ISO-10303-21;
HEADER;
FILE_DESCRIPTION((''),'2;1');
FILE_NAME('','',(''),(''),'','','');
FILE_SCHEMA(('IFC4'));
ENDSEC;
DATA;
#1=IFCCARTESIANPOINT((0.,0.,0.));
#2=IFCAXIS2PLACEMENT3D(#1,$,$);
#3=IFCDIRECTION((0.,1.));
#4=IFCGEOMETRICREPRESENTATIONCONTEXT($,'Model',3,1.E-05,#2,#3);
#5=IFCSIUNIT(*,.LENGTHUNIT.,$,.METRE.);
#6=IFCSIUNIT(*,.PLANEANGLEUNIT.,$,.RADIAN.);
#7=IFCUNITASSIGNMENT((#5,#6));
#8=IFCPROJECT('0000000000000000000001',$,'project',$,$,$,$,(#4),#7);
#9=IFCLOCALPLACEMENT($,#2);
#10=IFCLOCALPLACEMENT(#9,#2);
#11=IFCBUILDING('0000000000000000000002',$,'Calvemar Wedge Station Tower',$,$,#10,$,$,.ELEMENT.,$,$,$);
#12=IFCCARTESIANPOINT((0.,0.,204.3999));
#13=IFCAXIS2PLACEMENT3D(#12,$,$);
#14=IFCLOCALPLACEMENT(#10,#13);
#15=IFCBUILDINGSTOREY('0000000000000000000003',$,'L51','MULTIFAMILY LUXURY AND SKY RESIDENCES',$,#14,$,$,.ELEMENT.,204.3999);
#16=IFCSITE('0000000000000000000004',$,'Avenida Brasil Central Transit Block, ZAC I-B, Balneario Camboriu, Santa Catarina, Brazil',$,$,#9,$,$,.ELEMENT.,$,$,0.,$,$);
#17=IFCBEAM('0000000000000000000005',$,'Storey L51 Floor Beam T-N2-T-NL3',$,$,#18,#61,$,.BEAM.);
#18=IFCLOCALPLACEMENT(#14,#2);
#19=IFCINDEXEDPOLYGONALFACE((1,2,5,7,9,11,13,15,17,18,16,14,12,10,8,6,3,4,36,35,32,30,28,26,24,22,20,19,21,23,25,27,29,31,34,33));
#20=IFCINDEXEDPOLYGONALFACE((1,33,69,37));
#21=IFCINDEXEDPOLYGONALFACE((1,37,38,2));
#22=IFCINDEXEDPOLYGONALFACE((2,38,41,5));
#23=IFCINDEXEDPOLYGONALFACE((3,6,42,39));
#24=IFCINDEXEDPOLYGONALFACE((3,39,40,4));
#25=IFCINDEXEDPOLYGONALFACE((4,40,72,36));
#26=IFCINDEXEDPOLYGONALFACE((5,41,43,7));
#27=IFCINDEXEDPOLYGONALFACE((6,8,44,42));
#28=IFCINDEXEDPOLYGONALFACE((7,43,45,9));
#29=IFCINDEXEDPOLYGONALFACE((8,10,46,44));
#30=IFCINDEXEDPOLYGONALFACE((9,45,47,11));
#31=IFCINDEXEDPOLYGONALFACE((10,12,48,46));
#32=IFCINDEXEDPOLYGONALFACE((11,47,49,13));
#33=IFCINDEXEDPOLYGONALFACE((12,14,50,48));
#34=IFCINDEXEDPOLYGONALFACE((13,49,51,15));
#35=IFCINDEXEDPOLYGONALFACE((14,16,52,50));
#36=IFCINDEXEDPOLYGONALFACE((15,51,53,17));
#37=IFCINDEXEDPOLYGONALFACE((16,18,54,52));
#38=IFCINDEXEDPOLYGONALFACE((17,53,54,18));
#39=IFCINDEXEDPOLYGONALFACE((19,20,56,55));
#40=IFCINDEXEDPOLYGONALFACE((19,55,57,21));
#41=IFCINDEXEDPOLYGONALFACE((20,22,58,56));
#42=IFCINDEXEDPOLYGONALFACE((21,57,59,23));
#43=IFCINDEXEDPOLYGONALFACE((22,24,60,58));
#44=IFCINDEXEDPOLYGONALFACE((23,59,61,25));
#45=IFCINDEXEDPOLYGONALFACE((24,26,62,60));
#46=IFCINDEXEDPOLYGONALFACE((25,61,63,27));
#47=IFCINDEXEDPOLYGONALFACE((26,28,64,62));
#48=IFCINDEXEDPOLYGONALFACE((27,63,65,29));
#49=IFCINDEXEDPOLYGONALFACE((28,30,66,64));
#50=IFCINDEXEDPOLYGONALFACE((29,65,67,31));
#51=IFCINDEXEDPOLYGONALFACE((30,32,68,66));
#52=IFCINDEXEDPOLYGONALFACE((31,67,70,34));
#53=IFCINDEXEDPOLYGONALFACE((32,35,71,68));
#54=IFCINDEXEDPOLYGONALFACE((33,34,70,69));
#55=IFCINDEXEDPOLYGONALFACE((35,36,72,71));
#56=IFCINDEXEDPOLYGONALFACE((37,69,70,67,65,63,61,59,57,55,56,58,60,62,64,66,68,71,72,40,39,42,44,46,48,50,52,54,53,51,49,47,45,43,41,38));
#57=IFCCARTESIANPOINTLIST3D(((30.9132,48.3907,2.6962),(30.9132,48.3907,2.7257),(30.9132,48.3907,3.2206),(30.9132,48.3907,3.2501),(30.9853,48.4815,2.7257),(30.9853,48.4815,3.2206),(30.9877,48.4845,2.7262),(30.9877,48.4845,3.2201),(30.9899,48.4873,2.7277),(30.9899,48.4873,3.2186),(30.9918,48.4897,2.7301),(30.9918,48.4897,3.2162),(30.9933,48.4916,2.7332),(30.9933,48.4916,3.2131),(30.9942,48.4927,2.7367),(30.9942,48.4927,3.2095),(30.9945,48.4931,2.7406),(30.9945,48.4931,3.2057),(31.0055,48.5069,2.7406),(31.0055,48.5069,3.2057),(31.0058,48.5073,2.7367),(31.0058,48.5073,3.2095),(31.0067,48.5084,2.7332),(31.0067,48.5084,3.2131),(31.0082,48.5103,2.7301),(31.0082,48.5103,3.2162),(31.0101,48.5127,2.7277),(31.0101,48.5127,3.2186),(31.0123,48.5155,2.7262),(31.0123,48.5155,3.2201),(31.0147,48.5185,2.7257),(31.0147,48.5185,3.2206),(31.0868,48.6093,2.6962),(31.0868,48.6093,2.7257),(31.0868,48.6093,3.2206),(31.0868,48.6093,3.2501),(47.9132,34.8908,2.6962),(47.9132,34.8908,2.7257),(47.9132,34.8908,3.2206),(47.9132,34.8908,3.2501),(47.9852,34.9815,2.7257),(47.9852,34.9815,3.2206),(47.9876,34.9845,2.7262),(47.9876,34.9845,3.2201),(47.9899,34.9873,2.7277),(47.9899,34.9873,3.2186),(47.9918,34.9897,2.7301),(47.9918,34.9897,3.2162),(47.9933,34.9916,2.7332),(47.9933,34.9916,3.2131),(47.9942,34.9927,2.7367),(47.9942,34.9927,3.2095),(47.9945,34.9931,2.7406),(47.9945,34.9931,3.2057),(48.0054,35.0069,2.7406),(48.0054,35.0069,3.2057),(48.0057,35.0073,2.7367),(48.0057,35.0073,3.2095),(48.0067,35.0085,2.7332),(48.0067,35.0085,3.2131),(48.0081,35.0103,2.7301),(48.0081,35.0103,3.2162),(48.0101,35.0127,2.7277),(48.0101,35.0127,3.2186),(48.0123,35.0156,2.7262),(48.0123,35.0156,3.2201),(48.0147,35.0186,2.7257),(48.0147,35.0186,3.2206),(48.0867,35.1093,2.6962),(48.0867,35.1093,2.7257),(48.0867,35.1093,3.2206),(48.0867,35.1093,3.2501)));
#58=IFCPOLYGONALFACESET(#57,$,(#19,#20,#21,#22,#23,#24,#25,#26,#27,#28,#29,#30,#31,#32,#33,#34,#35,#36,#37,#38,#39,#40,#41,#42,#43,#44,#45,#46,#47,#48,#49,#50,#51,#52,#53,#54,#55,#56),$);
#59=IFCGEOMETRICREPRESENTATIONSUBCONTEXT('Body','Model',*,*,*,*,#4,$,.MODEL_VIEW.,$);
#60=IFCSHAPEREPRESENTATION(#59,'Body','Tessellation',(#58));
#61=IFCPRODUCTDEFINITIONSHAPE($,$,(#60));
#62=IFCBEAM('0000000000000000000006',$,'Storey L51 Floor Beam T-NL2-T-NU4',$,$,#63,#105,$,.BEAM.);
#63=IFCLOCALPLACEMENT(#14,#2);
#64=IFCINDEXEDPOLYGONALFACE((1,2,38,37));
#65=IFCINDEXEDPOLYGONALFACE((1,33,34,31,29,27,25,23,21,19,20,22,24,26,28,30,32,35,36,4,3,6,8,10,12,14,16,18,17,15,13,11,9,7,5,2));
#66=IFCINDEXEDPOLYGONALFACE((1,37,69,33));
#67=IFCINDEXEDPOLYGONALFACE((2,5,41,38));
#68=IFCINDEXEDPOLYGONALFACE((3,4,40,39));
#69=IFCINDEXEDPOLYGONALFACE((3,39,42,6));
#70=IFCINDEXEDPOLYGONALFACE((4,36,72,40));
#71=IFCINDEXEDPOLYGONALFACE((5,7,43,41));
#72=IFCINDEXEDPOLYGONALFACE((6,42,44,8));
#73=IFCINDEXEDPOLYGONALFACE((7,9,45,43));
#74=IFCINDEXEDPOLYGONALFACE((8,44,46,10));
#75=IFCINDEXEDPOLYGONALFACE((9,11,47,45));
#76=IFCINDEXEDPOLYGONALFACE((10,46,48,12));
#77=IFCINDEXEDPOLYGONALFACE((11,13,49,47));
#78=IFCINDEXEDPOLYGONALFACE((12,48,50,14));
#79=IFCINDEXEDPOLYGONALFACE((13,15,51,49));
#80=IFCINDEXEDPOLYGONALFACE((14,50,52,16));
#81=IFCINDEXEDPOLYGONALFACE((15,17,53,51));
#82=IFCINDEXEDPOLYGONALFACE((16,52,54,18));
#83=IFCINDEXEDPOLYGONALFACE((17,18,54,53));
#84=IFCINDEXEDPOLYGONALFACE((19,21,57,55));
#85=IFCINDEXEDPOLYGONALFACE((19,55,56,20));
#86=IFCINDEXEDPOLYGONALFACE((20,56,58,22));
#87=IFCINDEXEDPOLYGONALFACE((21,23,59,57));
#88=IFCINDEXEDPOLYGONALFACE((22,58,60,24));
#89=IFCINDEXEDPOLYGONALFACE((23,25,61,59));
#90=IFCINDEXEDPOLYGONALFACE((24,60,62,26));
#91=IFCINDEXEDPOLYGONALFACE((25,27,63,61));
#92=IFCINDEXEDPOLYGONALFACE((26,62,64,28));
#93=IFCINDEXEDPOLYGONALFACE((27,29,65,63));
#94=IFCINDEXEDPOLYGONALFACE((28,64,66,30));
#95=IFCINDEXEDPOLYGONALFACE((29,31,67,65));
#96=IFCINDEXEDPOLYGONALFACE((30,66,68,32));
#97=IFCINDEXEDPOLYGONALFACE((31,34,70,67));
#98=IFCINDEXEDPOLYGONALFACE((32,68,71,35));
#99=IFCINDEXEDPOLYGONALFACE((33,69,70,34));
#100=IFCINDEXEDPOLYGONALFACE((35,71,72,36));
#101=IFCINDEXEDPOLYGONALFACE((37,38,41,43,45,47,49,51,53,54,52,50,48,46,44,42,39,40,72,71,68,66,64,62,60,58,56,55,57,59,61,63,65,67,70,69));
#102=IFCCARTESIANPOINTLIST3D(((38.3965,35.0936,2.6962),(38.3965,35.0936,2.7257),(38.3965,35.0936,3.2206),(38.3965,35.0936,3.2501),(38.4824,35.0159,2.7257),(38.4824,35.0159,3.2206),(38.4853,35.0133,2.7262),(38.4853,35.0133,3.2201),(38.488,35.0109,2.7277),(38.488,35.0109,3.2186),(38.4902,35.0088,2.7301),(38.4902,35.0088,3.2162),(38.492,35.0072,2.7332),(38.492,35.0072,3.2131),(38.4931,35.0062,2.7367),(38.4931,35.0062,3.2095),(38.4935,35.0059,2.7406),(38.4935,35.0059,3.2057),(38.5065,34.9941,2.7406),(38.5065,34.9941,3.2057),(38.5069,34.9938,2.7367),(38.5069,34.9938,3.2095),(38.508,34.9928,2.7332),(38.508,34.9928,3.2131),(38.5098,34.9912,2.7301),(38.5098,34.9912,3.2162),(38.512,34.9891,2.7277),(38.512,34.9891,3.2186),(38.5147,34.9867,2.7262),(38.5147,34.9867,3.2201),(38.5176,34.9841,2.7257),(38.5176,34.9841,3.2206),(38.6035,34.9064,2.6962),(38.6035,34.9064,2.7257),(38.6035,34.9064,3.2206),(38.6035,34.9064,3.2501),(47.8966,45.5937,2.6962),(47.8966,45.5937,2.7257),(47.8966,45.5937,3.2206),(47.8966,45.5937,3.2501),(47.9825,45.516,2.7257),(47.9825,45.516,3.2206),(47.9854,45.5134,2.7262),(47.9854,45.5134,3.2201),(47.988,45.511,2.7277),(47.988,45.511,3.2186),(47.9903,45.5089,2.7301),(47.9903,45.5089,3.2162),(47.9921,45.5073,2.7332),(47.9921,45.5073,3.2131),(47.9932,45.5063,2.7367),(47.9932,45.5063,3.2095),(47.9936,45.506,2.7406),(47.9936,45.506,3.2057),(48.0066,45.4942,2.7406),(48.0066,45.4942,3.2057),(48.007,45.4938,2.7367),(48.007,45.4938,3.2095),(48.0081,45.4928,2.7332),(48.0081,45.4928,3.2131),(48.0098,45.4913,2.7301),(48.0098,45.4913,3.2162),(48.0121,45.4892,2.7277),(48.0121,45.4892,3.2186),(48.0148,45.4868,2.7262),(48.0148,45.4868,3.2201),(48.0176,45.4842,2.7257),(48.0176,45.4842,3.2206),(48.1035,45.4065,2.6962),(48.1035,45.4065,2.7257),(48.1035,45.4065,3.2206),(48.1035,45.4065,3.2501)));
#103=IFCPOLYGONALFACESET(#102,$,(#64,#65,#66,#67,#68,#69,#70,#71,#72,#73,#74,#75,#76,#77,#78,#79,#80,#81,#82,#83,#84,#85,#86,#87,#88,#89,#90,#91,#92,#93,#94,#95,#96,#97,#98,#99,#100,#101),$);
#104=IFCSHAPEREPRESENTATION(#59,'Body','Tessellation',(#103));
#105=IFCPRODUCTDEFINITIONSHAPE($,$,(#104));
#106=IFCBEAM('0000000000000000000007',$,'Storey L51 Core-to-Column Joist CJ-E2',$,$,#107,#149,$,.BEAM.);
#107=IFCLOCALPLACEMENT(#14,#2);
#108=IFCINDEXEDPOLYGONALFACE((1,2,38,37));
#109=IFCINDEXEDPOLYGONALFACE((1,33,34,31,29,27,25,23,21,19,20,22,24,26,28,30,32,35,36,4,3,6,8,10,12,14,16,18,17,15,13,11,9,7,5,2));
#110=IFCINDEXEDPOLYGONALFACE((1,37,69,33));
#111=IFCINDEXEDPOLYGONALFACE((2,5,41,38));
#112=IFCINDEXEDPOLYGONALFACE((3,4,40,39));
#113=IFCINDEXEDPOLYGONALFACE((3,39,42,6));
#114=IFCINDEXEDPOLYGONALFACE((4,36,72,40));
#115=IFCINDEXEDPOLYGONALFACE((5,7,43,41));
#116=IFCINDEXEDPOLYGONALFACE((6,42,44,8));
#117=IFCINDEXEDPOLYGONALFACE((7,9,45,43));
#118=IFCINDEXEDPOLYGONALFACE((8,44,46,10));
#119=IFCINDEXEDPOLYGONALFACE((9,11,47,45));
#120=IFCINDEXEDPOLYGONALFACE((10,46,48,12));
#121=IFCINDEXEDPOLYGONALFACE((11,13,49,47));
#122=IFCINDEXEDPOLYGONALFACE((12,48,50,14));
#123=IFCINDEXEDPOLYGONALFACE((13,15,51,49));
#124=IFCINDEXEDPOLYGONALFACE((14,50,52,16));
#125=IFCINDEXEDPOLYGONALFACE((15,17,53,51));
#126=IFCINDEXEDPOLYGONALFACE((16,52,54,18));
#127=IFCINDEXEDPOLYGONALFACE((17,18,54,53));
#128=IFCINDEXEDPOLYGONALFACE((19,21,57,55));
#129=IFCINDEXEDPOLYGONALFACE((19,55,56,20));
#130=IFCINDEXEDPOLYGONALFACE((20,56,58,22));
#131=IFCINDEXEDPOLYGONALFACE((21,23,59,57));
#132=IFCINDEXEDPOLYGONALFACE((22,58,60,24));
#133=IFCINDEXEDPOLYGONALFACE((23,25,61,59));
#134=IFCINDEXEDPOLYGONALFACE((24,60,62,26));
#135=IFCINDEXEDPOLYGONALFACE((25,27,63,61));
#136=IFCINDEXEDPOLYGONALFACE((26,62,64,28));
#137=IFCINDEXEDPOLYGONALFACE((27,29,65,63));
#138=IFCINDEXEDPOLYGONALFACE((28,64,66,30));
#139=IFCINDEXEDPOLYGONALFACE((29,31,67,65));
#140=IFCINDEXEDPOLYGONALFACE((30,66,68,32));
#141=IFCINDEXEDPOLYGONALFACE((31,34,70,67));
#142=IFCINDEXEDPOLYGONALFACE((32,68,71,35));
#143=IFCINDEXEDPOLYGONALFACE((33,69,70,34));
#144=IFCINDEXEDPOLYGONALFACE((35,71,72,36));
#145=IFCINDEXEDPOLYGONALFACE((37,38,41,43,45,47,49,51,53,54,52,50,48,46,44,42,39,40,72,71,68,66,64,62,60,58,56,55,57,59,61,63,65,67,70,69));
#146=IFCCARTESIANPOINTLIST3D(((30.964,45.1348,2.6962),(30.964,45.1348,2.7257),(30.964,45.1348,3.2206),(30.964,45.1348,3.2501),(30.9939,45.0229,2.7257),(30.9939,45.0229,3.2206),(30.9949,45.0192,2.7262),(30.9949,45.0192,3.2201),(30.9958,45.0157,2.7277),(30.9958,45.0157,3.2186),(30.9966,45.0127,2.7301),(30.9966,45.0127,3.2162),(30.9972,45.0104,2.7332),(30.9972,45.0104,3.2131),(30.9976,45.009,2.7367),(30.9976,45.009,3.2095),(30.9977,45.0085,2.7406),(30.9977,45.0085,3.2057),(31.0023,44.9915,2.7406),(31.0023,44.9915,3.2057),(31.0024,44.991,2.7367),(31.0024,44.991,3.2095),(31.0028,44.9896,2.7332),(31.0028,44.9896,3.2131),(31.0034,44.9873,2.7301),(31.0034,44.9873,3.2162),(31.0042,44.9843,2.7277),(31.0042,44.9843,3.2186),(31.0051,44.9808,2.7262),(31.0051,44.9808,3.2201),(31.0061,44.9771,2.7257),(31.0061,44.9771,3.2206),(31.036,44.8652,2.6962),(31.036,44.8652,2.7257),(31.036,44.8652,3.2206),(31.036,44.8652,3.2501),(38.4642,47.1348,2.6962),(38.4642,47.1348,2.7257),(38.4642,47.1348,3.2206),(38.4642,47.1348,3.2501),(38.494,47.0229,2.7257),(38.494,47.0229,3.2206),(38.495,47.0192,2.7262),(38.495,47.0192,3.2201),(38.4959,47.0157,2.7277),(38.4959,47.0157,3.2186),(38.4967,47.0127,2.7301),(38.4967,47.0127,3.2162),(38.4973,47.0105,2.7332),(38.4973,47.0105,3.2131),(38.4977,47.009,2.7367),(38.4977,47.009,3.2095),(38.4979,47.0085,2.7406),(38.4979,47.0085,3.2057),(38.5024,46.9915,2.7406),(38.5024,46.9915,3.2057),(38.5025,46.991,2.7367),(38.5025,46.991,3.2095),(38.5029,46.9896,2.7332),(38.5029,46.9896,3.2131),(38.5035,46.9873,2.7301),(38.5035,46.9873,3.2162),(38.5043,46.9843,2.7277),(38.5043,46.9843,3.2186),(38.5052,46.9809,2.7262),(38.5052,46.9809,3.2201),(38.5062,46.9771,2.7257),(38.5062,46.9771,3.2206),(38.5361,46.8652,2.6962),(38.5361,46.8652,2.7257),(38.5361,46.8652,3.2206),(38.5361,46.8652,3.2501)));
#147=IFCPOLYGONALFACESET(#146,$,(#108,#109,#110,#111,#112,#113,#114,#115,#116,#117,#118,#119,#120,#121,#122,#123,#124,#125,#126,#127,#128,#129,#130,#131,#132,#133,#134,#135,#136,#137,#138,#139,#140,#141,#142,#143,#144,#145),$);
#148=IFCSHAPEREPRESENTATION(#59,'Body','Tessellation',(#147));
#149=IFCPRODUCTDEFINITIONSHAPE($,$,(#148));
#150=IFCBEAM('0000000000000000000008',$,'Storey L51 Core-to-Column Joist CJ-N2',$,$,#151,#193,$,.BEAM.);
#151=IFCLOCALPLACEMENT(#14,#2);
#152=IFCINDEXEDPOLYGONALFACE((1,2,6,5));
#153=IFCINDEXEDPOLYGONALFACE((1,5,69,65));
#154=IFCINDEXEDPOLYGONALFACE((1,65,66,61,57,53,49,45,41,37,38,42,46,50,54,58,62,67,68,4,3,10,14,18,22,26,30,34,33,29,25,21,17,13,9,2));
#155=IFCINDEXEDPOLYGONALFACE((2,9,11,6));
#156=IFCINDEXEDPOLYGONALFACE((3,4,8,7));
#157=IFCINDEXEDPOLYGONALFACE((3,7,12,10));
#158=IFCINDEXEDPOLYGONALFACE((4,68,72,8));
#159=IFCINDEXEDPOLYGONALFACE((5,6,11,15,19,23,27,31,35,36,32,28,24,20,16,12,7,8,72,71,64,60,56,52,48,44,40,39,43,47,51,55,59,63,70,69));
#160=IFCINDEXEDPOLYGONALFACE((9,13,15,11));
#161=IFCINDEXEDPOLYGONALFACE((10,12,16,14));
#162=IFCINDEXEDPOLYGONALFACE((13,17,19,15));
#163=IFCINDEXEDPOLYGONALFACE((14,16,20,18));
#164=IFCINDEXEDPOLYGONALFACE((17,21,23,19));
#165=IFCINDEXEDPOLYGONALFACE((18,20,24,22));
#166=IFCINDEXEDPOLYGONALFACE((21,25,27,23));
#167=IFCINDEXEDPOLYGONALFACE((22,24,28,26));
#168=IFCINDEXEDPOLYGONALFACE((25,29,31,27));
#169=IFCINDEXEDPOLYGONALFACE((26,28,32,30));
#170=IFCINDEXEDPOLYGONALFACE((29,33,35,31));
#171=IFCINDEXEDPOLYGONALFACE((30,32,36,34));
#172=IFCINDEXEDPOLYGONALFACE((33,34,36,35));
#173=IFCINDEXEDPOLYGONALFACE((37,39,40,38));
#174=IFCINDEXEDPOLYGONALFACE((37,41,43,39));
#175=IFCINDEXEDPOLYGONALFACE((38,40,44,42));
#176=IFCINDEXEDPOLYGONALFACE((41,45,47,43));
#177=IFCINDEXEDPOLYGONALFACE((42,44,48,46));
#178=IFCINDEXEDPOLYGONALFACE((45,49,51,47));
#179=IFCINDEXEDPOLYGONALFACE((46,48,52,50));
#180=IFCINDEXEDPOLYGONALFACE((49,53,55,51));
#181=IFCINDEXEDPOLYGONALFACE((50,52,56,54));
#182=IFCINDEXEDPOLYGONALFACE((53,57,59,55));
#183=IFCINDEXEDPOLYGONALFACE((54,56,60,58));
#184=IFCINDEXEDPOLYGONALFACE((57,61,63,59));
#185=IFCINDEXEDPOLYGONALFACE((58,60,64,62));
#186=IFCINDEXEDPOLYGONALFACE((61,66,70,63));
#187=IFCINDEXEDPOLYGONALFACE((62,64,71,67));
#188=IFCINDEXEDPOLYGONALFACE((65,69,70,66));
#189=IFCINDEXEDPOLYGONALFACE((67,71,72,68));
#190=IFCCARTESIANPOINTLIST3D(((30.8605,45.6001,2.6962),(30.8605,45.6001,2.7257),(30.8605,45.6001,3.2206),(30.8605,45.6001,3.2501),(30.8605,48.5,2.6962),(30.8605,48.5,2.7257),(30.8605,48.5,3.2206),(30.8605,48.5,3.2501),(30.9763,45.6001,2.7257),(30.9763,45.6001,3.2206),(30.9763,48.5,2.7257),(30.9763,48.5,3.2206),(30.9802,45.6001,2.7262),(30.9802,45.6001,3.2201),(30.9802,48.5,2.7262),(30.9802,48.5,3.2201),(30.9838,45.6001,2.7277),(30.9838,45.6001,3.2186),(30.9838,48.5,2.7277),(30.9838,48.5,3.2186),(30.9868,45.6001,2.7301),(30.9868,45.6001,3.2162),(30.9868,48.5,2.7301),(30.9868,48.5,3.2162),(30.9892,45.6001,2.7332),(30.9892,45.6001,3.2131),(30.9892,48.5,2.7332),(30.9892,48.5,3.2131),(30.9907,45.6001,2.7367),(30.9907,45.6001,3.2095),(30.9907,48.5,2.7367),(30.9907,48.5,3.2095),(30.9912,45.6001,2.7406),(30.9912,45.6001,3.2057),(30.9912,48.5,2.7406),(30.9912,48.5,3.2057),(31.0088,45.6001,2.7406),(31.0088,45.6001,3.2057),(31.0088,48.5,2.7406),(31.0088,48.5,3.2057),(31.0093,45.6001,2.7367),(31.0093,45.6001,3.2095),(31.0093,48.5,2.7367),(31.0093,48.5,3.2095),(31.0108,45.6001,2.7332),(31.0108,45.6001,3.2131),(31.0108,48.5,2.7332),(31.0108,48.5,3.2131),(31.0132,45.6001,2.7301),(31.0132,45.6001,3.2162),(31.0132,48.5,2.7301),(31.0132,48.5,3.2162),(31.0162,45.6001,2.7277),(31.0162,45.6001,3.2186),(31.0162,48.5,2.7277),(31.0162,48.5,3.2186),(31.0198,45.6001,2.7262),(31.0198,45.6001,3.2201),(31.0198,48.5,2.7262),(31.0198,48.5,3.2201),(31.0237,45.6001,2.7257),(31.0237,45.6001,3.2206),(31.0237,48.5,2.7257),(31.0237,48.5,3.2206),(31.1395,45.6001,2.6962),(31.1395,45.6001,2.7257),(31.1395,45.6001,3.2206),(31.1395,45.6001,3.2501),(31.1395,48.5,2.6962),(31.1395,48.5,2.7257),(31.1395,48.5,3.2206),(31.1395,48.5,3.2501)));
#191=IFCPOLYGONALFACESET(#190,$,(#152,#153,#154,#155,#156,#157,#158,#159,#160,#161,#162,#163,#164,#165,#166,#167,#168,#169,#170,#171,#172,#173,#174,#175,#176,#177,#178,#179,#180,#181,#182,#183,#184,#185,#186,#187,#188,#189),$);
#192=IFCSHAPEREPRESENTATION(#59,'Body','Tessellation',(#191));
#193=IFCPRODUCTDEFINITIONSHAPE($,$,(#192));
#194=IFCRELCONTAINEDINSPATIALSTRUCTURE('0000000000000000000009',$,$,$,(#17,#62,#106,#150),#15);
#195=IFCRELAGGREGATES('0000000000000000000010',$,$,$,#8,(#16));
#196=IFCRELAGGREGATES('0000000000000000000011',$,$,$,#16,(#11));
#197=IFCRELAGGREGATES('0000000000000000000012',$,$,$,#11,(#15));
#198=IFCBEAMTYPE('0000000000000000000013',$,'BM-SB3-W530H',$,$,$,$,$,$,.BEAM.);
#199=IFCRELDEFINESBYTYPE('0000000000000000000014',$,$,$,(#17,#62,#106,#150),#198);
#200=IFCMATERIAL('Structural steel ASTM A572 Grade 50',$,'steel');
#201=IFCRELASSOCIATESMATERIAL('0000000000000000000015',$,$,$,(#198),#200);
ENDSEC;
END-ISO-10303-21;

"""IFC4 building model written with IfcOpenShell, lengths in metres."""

from ifc_helpers import new_model, si_unit, direction, frame, origin, origin_2d, place, context, subcontext, project, spatial, i_section, extrude, source, transform, mapped, material, material_profile, profile_set, type_object, element, save


model = new_model("IFC4")

# Units and contexts
model_context = context("Model", 3, precision=1e-05, world=origin(), true_north=direction((0.0, 1.0)))
body_context = subcontext(model_context, "Body", "Model", "MODEL_VIEW")
ifc_project = project(units=[si_unit("LENGTHUNIT", "METRE"), si_unit("PLANEANGLEUNIT", "RADIAN")], contexts=[model_context])

# Site, building, storey
site_placement = place(None, origin())
site = spatial("IfcSite", under=ifc_project, at=site_placement, Name="Avenida Brasil Central Transit Block, ZAC I-B, Balneario Camboriu, Santa Catarina, Brazil", CompositionType="ELEMENT", RefElevation=0.0)
building_placement = place(site_placement, origin())
building = spatial("IfcBuilding", under=site, at=building_placement, Name="Calvemar Wedge Station Tower", CompositionType="ELEMENT")
storey_placement = place(building_placement, frame((0.0, 0.0, 204.3999)))
storey = spatial("IfcBuildingStorey", under=building, at=storey_placement, Name="L51", Description="MULTIFAMILY LUXURY AND SKY RESIDENCES", CompositionType="ELEMENT", Elevation=204.3999)

# Shared definitions
ifc_material_1 = material(Name="Structural steel ASTM A572 Grade 50", Category="steel")

# Beams
ifc_material_profile_1 = material_profile(ifc_material_1, i_section(OverallWidth=0.2791, OverallDepth=0.554, WebThickness=0.0176, FlangeThickness=0.0295, FilletRadius=0.0149, at=origin_2d()), Name="W530x196")
ifc_profile_set_1 = profile_set([ifc_material_profile_1], Name="Structural steel ASTM A572 Grade 50")
beam_type_1 = type_object("IfcBeamType", Name="BM-SB3-W530H", PredefinedType="BEAM", material=ifc_profile_set_1)
shared_shape_1 = source(origin(), body_context, "Body", "SweptSolid", [
    extrude(i_section(OverallWidth=0.2791, OverallDepth=0.554, WebThickness=0.0176, FlangeThickness=0.0295, FilletRadius=0.0149, at=origin_2d()), origin(), (0.0, 0.0, 1.0), 21.7083),
])
beam_1_placement = place(storey_placement, frame((31.0, 48.5, 2.9731), z_axis=(0.783111, -0.621882, 0.0), x_axis=(0.621882, 0.783111, 0.0)))
element("IfcBeam", 1, at=beam_1_placement, inside=storey, type_object=beam_type_1, Name="Storey L51 Floor Beam T-N2-T-NL3", PredefinedType="BEAM", context=body_context, shape_type="MappedRepresentation", body=[
    mapped(shared_shape_1, transform((0.0, 0.0, 0.0), scale=1.0)),
])
shared_shape_2 = source(origin(), body_context, "Body", "SweptSolid", [
    extrude(i_section(OverallWidth=0.2791, OverallDepth=0.554, WebThickness=0.0176, FlangeThickness=0.0295, FilletRadius=0.0149, at=origin_2d()), origin(), (0.0, 0.0, 1.0), 14.1599),
])
beam_2_placement = place(storey_placement, frame((38.5, 35.0, 2.9731), z_axis=(0.670913, 0.741536, 0.0), x_axis=(-0.741536, 0.670913, 0.0)))
element("IfcBeam", 2, at=beam_2_placement, inside=storey, type_object=beam_type_1, Name="Storey L51 Floor Beam T-NL2-T-NU4", PredefinedType="BEAM", context=body_context, shape_type="MappedRepresentation", body=[
    mapped(shared_shape_2, transform((0.0, 0.0, 0.0), scale=1.0)),
])
shared_shape_3 = source(origin(), body_context, "Body", "SweptSolid", [
    extrude(i_section(OverallWidth=0.2791, OverallDepth=0.554, WebThickness=0.0176, FlangeThickness=0.0295, FilletRadius=0.0149, at=origin_2d()), origin(), (0.0, 0.0, 1.0), 7.7622),
])
beam_3_placement = place(storey_placement, frame((31.0, 45.0, 2.9731), z_axis=(0.966235, 0.257663, 0.0), x_axis=(-0.257663, 0.966235, 0.0)))
element("IfcBeam", 3, at=beam_3_placement, inside=storey, type_object=beam_type_1, Name="Storey L51 Core-to-Column Joist CJ-E2", PredefinedType="BEAM", context=body_context, shape_type="MappedRepresentation", body=[
    mapped(shared_shape_3, transform((0.0, 0.0, 0.0), scale=1.0)),
])
shared_shape_4 = source(origin(), body_context, "Body", "SweptSolid", [
    extrude(i_section(OverallWidth=0.2791, OverallDepth=0.554, WebThickness=0.0176, FlangeThickness=0.0295, FilletRadius=0.0149, at=origin_2d()), origin(), (0.0, 0.0, 1.0), 2.8999),
])
beam_4_placement = place(storey_placement, frame((31.0, 45.6001, 2.9731), z_axis=(0.0, 1.0, 0.0), x_axis=(-1.0, 0.0, 0.0)))
element("IfcBeam", 4, at=beam_4_placement, inside=storey, type_object=beam_type_1, Name="Storey L51 Core-to-Column Joist CJ-N2", PredefinedType="BEAM", context=body_context, shape_type="MappedRepresentation", body=[
    mapped(shared_shape_4, transform((0.0, 0.0, 0.0), scale=1.0)),
])

save(model, "model.ifc")
